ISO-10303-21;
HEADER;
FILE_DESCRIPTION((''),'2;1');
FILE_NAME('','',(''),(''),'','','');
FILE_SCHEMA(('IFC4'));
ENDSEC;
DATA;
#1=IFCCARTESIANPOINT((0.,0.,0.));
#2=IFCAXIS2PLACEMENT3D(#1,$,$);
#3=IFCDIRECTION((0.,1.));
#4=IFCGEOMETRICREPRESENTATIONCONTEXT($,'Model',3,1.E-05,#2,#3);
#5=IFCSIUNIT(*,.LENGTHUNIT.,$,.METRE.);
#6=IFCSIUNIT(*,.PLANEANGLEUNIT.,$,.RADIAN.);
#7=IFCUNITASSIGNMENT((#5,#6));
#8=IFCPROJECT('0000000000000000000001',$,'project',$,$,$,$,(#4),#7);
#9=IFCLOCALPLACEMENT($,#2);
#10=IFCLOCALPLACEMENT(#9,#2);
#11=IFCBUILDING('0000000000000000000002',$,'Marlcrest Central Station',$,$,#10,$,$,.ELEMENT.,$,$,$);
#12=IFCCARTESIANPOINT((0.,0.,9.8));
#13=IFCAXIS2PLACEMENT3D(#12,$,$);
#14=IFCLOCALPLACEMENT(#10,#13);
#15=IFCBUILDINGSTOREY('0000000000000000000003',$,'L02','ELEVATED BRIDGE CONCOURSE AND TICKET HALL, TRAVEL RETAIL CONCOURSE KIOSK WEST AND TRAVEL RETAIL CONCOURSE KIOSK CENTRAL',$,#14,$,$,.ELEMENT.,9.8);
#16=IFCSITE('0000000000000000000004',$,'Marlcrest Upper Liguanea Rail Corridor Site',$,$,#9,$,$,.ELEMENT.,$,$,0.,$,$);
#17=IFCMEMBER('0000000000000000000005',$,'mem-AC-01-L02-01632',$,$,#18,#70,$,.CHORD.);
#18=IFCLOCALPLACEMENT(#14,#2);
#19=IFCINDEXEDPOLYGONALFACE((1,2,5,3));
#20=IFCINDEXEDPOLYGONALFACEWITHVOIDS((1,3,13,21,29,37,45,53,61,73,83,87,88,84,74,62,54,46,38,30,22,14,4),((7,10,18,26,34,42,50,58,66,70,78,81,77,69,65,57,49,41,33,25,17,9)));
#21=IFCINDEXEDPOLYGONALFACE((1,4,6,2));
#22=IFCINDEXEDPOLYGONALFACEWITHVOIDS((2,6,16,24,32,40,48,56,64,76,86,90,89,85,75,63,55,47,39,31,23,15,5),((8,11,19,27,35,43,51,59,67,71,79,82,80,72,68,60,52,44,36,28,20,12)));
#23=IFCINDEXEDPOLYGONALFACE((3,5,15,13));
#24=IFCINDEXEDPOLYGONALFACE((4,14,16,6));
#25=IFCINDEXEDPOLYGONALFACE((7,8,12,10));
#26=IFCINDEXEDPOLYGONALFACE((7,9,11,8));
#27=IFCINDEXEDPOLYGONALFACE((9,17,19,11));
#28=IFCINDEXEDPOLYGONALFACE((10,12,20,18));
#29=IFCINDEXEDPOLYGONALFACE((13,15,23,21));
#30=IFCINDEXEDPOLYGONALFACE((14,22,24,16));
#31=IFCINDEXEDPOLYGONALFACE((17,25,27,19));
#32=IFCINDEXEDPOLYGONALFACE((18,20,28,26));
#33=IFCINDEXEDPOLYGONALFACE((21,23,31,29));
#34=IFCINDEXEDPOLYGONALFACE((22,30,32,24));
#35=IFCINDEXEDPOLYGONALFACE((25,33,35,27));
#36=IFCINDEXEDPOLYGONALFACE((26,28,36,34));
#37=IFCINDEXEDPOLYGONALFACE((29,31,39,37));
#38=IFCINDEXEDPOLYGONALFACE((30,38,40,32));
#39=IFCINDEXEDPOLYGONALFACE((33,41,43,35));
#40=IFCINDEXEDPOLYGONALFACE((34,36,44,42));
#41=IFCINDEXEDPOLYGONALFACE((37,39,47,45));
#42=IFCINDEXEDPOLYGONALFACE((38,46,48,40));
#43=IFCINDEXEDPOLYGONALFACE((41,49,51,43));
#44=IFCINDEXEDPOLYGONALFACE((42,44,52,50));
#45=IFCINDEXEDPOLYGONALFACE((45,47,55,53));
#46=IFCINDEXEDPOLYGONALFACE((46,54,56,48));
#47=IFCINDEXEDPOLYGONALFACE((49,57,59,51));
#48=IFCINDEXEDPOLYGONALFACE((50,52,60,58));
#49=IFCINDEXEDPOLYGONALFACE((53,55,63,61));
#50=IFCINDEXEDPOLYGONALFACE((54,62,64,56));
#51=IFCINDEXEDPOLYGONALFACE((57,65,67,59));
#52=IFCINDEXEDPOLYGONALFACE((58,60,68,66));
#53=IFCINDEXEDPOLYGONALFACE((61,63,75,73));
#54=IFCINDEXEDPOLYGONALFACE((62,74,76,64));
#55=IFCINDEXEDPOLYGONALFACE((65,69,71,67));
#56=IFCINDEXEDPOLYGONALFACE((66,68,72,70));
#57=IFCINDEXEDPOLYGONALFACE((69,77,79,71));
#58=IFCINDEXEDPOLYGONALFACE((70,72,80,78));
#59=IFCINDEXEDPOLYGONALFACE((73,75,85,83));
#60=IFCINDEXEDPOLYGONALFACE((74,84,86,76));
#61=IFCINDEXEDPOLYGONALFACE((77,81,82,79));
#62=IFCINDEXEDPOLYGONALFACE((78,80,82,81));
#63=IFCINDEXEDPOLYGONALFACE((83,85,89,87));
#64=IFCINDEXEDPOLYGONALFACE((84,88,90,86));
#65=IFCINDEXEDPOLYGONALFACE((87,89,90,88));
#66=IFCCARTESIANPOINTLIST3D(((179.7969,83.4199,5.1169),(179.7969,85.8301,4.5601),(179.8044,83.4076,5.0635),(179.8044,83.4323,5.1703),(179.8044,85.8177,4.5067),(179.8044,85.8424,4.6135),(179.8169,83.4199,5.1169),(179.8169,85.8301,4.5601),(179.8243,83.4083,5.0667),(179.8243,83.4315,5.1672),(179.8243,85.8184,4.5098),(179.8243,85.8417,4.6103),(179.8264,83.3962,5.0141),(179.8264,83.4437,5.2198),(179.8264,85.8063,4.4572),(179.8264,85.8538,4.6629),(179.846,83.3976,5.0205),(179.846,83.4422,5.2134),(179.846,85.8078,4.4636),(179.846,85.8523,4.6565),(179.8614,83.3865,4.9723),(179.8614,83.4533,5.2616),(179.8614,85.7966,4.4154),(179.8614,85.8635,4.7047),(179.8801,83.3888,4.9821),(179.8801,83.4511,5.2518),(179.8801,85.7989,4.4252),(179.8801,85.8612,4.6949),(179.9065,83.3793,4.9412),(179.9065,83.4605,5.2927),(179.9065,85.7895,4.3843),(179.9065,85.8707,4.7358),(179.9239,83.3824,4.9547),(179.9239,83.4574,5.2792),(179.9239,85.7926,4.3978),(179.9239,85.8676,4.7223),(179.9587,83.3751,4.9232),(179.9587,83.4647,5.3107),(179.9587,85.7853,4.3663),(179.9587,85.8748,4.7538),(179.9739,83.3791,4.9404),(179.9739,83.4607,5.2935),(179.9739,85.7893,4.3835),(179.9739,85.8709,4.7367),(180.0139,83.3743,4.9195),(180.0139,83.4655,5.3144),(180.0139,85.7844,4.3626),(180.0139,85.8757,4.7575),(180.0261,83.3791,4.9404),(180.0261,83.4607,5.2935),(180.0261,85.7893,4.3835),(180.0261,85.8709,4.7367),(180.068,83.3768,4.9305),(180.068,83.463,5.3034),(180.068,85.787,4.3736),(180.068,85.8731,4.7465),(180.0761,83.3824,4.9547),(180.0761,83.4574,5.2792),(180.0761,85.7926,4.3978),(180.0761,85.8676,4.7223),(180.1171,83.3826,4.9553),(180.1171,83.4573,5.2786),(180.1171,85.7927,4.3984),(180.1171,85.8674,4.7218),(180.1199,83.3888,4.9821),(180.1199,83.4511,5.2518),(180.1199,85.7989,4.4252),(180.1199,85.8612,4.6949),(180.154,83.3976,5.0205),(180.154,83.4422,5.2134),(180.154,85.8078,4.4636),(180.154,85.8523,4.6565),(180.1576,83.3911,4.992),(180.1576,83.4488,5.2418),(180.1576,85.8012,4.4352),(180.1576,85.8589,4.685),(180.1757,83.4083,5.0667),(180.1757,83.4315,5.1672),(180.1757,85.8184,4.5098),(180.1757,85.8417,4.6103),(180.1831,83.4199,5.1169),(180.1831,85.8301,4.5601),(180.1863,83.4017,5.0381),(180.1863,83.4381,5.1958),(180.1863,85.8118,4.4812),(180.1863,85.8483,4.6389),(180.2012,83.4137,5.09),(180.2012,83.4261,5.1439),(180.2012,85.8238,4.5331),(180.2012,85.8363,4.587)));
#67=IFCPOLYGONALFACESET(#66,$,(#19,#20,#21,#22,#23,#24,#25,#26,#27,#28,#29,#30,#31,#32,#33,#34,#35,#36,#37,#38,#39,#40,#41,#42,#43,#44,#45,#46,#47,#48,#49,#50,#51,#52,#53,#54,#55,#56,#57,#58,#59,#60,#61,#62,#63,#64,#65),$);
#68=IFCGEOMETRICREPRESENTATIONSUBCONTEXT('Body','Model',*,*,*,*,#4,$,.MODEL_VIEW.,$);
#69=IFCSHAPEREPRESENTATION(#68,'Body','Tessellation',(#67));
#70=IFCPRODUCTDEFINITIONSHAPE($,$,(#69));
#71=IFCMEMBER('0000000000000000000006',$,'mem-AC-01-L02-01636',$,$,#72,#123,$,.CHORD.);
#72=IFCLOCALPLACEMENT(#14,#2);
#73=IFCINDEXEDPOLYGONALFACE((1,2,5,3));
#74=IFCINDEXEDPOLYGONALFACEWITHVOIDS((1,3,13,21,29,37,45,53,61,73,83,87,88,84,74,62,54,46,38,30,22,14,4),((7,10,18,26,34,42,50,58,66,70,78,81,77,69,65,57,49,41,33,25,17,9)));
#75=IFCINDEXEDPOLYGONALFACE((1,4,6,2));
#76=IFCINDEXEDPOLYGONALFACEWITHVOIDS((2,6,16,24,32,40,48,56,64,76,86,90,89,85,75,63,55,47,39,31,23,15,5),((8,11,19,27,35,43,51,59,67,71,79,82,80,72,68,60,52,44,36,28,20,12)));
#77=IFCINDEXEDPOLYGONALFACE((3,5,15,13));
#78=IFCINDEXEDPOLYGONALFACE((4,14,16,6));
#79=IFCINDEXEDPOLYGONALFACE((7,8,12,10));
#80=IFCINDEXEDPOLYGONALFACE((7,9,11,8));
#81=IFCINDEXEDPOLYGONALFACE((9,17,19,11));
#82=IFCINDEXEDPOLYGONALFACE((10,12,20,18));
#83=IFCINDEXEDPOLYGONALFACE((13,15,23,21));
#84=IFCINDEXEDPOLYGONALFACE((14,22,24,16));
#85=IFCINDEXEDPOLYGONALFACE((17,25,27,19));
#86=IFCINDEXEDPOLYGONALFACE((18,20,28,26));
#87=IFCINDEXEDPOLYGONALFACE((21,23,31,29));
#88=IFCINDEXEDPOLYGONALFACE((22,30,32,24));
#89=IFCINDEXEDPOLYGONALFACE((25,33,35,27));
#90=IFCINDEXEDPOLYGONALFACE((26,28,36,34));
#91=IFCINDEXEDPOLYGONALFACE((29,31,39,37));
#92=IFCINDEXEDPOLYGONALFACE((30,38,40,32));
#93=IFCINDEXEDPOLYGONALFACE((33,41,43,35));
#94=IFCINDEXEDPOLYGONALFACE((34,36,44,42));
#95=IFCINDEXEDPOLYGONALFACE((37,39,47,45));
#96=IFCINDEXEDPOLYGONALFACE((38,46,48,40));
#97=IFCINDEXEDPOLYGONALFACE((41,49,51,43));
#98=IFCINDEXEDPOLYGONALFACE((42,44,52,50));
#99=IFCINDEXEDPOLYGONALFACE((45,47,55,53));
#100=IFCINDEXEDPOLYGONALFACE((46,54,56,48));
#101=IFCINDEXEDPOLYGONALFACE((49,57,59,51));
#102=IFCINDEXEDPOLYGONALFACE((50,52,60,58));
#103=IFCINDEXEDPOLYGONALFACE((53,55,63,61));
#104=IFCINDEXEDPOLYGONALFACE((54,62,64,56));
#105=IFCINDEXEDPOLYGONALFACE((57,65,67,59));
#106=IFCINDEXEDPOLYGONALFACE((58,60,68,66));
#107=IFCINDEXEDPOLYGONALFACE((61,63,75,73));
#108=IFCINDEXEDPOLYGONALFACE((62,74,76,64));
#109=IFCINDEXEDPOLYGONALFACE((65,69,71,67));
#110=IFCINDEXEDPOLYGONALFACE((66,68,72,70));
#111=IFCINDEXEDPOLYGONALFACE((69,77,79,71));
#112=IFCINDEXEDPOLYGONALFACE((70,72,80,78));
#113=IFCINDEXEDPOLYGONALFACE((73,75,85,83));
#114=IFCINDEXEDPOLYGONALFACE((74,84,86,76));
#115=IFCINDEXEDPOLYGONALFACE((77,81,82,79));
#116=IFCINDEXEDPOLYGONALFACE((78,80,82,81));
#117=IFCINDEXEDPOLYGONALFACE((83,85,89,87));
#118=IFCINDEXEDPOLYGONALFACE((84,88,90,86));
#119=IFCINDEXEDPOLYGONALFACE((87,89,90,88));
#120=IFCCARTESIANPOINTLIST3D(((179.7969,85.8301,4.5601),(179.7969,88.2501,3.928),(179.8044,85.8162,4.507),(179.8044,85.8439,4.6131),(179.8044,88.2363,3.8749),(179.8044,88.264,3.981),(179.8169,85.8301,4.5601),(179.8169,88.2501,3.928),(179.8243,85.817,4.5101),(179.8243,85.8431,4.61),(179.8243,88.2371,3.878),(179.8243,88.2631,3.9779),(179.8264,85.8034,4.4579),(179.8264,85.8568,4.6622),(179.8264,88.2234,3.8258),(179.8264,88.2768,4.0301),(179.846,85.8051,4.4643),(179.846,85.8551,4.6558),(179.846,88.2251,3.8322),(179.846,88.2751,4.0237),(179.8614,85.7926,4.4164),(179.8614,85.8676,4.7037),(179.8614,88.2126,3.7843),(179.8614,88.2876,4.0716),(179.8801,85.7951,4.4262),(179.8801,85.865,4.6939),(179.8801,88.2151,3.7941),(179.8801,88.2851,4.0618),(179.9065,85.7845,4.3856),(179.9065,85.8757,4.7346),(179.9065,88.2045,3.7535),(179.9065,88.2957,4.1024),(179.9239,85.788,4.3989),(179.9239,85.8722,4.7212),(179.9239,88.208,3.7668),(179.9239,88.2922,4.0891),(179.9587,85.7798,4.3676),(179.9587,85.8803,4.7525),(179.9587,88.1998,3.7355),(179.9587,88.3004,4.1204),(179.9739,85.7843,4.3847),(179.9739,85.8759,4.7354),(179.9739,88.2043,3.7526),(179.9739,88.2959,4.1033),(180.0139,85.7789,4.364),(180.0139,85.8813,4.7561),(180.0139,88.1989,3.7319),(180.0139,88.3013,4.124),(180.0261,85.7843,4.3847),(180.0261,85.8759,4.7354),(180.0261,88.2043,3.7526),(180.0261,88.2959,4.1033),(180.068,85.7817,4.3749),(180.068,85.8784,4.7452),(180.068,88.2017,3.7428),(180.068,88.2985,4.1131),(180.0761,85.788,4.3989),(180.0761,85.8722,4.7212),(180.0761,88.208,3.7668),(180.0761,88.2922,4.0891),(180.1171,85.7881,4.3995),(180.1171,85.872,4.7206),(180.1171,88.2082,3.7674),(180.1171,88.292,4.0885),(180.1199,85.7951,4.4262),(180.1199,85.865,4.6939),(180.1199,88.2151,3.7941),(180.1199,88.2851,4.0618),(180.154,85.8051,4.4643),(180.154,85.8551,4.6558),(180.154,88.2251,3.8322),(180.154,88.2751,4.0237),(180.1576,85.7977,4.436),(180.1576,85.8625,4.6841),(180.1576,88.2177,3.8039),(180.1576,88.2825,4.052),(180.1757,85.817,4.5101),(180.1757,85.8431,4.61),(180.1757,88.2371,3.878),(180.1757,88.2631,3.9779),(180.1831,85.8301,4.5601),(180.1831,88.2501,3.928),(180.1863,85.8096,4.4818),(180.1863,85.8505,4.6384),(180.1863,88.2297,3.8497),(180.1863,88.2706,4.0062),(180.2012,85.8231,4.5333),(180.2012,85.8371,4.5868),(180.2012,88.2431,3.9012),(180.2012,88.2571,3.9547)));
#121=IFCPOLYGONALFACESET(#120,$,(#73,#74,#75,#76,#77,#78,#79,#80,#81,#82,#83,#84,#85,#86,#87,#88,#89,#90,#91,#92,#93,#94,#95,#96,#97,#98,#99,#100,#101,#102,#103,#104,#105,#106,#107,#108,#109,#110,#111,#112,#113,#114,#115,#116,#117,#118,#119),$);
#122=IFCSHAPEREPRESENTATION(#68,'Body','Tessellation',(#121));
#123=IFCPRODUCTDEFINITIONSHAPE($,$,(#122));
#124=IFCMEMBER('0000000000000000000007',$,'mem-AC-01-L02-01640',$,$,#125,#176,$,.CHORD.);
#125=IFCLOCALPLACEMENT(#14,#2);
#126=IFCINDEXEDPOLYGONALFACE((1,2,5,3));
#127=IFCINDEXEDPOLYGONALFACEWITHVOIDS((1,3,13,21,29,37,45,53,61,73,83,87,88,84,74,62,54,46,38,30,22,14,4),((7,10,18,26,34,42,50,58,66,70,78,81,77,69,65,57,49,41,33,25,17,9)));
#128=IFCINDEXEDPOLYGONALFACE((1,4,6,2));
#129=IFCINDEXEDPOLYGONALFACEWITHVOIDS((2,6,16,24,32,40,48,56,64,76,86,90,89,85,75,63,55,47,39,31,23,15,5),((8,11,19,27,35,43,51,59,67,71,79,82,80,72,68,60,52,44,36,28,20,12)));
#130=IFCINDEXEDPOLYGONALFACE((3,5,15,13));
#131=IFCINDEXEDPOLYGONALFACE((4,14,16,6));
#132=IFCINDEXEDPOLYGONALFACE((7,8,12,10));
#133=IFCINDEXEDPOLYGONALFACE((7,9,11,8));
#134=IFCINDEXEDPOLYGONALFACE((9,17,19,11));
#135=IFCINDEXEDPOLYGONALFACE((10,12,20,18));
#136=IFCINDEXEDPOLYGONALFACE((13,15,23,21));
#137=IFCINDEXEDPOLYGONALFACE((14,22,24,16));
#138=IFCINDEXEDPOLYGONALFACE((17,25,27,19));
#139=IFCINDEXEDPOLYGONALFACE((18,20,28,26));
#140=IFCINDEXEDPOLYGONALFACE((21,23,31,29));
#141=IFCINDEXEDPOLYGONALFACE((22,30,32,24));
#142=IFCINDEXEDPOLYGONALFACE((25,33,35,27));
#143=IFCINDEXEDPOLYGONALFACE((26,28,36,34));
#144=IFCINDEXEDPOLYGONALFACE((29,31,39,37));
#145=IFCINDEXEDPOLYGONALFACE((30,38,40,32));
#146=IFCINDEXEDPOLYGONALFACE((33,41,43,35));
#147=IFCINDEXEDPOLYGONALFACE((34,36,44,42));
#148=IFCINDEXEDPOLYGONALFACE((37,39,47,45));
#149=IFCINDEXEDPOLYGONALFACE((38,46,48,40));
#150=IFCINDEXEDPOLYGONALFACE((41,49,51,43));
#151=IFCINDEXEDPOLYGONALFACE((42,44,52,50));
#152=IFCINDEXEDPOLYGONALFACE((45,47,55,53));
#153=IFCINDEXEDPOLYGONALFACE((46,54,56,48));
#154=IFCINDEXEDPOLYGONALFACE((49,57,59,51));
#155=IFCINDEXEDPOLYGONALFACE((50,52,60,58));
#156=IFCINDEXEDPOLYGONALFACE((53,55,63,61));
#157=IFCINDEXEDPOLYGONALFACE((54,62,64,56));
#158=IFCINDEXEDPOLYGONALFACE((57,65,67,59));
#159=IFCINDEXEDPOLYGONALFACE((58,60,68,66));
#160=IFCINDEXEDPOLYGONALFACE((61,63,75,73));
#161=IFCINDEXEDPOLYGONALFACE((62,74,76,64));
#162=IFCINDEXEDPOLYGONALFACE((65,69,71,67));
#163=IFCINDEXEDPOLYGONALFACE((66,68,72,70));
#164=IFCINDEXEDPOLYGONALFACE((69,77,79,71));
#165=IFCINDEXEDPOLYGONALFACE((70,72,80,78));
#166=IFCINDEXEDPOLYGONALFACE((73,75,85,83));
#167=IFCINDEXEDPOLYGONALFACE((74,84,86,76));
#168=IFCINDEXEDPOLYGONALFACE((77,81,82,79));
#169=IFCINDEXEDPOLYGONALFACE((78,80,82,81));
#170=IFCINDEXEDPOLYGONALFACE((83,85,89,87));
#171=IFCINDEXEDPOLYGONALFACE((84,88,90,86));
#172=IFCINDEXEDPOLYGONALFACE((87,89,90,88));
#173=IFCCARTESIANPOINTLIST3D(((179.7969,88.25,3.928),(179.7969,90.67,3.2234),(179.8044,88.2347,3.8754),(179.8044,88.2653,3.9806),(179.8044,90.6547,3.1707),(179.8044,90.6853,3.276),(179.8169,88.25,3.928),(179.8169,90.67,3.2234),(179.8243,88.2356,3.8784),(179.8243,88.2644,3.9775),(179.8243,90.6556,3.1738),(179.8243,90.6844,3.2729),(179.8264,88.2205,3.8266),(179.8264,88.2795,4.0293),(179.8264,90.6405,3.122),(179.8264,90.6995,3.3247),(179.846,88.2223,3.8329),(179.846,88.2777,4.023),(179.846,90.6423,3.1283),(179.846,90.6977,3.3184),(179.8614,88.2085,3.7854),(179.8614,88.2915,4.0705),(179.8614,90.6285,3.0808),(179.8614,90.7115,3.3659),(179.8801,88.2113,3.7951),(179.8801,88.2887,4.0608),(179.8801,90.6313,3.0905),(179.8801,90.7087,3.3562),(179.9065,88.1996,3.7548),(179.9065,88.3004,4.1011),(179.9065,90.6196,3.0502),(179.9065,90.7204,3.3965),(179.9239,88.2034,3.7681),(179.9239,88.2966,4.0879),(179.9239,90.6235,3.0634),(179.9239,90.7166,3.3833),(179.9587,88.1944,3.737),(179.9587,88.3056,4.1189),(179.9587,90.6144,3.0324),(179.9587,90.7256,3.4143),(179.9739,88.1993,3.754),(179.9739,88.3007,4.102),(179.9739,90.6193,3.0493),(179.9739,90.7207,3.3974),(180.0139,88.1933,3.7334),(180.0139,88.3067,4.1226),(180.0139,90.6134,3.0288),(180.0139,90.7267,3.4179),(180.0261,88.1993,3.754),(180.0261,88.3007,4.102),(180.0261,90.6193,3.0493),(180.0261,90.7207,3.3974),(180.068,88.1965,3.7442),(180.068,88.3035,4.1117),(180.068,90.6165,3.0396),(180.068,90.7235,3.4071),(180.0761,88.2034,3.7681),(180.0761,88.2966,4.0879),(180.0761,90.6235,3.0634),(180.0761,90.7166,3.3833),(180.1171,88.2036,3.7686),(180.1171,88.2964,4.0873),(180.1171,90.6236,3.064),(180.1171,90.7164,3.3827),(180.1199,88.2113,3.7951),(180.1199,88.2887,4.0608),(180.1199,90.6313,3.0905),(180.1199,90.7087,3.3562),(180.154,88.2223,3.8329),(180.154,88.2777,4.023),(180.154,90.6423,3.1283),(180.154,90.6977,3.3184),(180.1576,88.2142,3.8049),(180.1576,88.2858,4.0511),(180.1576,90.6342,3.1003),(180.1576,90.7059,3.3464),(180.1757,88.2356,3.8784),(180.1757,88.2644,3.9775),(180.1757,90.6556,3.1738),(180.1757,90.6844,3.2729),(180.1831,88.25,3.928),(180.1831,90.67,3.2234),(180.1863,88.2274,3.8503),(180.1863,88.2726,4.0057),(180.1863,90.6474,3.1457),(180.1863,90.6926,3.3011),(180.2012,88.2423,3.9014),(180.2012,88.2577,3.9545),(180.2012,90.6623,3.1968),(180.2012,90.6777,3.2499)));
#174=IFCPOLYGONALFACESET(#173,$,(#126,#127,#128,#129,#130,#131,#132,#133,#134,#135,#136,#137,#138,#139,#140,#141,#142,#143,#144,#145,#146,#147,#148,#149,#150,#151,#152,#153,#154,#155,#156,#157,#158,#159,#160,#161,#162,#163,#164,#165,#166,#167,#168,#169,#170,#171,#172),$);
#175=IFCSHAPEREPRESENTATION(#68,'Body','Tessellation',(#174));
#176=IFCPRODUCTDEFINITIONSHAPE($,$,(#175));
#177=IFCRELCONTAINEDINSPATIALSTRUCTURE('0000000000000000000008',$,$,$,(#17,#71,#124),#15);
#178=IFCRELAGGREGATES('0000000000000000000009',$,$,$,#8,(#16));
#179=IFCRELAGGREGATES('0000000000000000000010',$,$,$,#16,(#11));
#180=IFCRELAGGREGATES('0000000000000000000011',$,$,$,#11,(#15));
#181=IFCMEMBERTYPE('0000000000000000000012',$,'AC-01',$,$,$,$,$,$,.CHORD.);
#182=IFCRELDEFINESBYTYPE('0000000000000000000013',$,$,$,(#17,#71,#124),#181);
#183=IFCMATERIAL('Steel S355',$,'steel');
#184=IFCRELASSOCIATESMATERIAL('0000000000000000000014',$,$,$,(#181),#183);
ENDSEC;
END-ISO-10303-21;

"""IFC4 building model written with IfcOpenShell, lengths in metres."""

from ifc_helpers import new_model, si_unit, direction, frame, origin, origin_2d, place, context, subcontext, project, spatial, hollow_circle, extrude, material, material_profile, profile_set, type_object, element, save


model = new_model("IFC4")

# Units and contexts
model_context = context("Model", 3, precision=1e-05, world=origin(), true_north=direction((0.0, 1.0)))
body_context = subcontext(model_context, "Body", "Model", "MODEL_VIEW")
ifc_project = project(units=[si_unit("LENGTHUNIT", "METRE"), si_unit("PLANEANGLEUNIT", "RADIAN")], contexts=[model_context])

# Site, building, storey
site_placement = place(None, origin())
site = spatial("IfcSite", under=ifc_project, at=site_placement, Name="Marlcrest Upper Liguanea Rail Corridor Site", CompositionType="ELEMENT", RefElevation=0.0)
building_placement = place(site_placement, origin())
building = spatial("IfcBuilding", under=site, at=building_placement, Name="Marlcrest Central Station", CompositionType="ELEMENT")
storey_placement = place(building_placement, frame((0.0, 0.0, 9.8)))
storey = spatial("IfcBuildingStorey", under=building, at=storey_placement, Name="L02", Description="ELEVATED BRIDGE CONCOURSE AND TICKET HALL, TRAVEL RETAIL CONCOURSE KIOSK WEST AND TRAVEL RETAIL CONCOURSE KIOSK CENTRAL", CompositionType="ELEMENT", Elevation=9.8)

# Members
ifc_material_1 = material(Name="Steel S355", Category="steel")
ifc_material_profile_1 = material_profile(ifc_material_1, hollow_circle(Radius=0.2031, WallThickness=0.02, at=origin_2d()), Name="CHS 406.4x20")
ifc_profile_set_1 = profile_set([ifc_material_profile_1], Name="Steel S355")
member_type_1 = type_object("IfcMemberType", Name="AC-01", PredefinedType="CHORD", material=ifc_profile_set_1)
member_1_placement = place(storey_placement, frame((180.0, 83.4199, 5.1169), z_axis=(0.0, 0.97433, -0.225126), x_axis=(-1.0, 0.0, 0.0)))
element("IfcMember", 1, at=member_1_placement, inside=storey, type_object=member_type_1, Name="mem-AC-01-L02-01632", PredefinedType="CHORD", context=body_context, shape_type="SweptSolid", body=[
    extrude(hollow_circle(Radius=0.2031, WallThickness=0.02, at=origin_2d()), origin(), (0.0, 0.0, 1.0), 2.4736),
])
member_2_placement = place(storey_placement, frame((180.0, 85.8301, 4.5601), z_axis=(0.0, 0.967539, -0.25272), x_axis=(-1.0, 0.0, 0.0)))
element("IfcMember", 2, at=member_2_placement, inside=storey, type_object=member_type_1, Name="mem-AC-01-L02-01636", PredefinedType="CHORD", context=body_context, shape_type="SweptSolid", body=[
    extrude(hollow_circle(Radius=0.2031, WallThickness=0.02, at=origin_2d()), origin(), (0.0, 0.0, 1.0), 2.5012),
])
member_3_placement = place(storey_placement, frame((180.0, 88.25, 3.928), z_axis=(0.0, 0.96013, -0.279554), x_axis=(-1.0, 0.0, 0.0)))
element("IfcMember", 3, at=member_3_placement, inside=storey, type_object=member_type_1, Name="mem-AC-01-L02-01640", PredefinedType="CHORD", context=body_context, shape_type="SweptSolid", body=[
    extrude(hollow_circle(Radius=0.2031, WallThickness=0.02, at=origin_2d()), origin(), (0.0, 0.0, 1.0), 2.5205),
])

save(model, "model.ifc")
